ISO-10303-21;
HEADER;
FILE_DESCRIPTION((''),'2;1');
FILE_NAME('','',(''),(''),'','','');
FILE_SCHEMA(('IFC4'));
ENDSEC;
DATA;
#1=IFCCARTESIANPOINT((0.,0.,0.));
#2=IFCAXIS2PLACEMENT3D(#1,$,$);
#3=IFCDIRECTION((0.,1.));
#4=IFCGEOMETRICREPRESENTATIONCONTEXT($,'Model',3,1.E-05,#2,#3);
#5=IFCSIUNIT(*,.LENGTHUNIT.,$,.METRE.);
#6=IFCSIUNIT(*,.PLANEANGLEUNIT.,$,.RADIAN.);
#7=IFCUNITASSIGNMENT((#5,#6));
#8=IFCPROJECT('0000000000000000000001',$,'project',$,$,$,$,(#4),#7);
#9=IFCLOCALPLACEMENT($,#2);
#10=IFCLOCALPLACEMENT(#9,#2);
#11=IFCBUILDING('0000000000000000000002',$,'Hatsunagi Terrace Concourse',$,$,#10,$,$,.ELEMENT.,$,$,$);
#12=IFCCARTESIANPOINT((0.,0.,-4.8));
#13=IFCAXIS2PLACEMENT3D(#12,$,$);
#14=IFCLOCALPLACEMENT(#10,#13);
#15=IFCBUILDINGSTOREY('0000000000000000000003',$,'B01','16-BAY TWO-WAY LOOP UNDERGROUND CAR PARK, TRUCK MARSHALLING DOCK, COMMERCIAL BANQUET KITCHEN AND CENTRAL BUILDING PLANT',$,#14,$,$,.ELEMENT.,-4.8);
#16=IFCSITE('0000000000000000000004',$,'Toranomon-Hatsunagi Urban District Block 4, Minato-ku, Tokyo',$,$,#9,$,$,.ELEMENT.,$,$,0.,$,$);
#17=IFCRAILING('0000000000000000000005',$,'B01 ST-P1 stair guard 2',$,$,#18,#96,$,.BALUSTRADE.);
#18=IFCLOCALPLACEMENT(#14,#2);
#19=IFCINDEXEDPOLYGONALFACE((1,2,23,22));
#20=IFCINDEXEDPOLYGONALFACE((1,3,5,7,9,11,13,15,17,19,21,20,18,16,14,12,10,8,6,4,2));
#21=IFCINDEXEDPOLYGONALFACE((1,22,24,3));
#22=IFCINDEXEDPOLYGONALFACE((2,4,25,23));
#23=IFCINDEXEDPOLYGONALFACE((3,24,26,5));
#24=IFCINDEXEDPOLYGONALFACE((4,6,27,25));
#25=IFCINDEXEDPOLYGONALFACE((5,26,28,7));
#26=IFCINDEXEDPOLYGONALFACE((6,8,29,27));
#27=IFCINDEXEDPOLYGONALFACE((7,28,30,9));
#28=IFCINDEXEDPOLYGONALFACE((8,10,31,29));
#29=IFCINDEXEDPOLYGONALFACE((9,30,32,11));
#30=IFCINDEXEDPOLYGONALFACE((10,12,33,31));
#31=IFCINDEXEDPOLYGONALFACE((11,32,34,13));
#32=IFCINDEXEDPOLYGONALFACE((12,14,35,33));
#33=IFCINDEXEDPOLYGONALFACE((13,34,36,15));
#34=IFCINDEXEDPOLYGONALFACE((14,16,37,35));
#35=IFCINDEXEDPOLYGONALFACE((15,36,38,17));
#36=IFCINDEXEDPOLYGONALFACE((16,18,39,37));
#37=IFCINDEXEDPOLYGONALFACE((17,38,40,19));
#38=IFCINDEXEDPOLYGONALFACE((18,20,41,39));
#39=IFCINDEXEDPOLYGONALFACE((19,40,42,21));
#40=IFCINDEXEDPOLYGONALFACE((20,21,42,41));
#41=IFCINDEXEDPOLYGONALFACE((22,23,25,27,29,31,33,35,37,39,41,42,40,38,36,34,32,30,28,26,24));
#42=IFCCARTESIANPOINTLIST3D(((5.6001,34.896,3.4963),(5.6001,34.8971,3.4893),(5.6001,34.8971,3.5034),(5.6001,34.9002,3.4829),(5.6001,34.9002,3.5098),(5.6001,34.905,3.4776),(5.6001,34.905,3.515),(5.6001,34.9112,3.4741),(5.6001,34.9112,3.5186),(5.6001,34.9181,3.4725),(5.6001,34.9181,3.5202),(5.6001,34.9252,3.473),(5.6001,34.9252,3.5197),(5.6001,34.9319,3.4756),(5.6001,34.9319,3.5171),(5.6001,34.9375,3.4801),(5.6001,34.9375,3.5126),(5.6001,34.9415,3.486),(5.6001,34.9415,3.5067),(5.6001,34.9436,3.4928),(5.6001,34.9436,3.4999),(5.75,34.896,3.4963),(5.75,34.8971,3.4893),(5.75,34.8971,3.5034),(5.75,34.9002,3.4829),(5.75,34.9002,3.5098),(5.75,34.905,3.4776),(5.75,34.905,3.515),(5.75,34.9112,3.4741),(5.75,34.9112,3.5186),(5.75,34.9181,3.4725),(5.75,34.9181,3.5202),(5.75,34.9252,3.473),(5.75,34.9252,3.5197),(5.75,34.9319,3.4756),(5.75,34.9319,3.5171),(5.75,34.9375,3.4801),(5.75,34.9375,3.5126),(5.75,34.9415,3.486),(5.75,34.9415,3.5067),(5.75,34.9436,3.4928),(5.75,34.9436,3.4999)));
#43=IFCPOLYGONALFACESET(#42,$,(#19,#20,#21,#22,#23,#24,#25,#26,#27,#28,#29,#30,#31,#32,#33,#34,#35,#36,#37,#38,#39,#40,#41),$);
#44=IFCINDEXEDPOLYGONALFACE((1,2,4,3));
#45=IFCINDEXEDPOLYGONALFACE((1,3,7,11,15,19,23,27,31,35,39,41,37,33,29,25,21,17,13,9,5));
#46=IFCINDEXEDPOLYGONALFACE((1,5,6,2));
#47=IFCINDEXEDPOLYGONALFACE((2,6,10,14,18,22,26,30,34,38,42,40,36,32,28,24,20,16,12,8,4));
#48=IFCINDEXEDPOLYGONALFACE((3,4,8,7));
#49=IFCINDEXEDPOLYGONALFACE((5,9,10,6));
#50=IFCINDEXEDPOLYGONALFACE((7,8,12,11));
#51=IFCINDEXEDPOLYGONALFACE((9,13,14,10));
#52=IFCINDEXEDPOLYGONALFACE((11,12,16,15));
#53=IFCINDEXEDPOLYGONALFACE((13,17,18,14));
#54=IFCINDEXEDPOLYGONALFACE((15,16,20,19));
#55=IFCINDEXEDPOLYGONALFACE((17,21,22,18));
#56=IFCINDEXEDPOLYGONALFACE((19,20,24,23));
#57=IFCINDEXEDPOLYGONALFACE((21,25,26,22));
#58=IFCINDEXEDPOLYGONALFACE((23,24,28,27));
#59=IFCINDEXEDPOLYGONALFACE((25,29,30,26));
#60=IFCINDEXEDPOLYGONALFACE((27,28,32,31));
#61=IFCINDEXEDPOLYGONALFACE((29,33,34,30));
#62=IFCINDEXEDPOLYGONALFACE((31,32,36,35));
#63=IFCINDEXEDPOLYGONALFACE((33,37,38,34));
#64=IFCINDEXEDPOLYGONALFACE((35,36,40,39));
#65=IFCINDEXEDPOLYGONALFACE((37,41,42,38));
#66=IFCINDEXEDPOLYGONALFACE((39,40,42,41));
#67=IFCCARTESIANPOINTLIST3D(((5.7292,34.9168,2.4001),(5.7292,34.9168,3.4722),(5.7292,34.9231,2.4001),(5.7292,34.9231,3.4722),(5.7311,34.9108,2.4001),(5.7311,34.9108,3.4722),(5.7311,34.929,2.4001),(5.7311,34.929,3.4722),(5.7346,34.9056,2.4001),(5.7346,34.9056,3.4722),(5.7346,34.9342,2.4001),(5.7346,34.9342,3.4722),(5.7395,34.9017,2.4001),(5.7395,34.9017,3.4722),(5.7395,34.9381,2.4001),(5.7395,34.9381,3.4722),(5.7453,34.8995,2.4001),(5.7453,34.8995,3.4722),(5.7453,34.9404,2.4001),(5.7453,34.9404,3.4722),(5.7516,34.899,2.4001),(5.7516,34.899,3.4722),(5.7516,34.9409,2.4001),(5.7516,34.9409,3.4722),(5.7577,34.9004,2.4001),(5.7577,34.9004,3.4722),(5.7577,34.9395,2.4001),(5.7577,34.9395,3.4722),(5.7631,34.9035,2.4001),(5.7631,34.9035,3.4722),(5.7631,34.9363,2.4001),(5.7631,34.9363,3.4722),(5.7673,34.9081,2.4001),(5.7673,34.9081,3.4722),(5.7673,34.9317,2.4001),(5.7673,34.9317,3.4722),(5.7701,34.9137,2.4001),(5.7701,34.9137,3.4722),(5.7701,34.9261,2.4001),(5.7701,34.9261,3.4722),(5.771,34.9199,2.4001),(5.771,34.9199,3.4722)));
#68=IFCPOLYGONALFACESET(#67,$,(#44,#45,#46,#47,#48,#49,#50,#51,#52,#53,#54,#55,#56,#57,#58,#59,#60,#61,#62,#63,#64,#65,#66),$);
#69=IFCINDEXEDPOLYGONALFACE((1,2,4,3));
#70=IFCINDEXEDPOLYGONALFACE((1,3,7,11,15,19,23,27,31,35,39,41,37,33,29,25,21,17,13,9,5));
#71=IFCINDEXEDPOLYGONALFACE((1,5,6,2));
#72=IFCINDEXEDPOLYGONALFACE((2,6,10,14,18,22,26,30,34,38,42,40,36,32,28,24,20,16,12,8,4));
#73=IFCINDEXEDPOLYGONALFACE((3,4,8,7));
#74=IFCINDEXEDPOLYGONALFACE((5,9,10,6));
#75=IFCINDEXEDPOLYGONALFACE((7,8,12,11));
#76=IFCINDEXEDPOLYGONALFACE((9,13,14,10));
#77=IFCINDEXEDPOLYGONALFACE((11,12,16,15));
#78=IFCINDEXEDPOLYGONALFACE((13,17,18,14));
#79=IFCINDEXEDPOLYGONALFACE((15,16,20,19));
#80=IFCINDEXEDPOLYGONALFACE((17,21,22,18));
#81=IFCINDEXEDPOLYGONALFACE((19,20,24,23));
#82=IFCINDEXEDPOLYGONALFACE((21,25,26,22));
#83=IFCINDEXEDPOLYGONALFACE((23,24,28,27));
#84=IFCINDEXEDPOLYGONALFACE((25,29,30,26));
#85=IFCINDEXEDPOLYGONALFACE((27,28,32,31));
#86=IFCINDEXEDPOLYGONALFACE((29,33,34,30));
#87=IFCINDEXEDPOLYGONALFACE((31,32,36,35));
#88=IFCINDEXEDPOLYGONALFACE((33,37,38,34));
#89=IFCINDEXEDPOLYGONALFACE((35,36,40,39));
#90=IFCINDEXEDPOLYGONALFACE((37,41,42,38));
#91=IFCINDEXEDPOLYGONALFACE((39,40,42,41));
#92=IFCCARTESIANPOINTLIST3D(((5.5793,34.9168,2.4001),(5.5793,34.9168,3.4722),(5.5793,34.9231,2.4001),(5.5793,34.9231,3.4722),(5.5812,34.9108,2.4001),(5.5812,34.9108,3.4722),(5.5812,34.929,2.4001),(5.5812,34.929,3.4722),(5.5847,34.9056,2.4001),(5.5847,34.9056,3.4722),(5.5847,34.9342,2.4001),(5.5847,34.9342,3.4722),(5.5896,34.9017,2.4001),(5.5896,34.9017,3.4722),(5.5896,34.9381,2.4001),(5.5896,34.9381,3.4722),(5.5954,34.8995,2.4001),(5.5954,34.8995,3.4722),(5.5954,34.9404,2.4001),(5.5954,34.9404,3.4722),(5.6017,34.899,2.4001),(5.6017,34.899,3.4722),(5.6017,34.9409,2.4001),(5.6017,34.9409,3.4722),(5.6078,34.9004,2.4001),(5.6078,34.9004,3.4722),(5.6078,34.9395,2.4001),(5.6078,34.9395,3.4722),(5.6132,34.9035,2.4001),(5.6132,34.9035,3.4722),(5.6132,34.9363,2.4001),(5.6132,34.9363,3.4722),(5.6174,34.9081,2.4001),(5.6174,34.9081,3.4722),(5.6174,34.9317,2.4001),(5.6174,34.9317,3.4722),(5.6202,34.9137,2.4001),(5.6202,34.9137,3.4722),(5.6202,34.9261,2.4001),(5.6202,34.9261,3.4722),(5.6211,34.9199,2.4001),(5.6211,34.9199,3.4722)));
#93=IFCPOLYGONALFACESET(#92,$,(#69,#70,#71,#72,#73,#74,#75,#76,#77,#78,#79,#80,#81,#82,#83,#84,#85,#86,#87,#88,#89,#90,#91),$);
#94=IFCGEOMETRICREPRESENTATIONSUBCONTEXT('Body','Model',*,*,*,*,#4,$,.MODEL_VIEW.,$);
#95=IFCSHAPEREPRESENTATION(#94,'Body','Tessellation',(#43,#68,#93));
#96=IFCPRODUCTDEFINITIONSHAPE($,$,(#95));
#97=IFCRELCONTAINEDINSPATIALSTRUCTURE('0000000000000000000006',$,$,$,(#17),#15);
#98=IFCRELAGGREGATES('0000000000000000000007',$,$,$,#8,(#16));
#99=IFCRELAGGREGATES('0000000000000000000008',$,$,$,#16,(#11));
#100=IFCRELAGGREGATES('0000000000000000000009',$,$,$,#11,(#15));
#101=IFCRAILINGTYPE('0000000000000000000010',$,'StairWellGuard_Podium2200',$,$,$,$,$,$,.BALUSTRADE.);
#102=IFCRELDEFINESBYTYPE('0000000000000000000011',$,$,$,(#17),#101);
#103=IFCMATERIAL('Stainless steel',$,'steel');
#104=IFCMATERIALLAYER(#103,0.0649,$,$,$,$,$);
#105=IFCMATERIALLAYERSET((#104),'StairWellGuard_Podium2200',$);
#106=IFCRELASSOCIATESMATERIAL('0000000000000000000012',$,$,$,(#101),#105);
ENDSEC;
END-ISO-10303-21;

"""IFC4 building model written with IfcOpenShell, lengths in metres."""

from ifc_helpers import new_model, si_unit, direction, frame, origin, origin_2d, place, context, subcontext, project, spatial, circle, extrude, material, layer, layer_set, type_object, element, save


model = new_model("IFC4")

# Units and contexts
model_context = context("Model", 3, precision=1e-05, world=origin(), true_north=direction((0.0, 1.0)))
body_context = subcontext(model_context, "Body", "Model", "MODEL_VIEW")
ifc_project = project(units=[si_unit("LENGTHUNIT", "METRE"), si_unit("PLANEANGLEUNIT", "RADIAN")], contexts=[model_context])

# Site, building, storey
site_placement = place(None, origin())
site = spatial("IfcSite", under=ifc_project, at=site_placement, Name="Toranomon-Hatsunagi Urban District Block 4, Minato-ku, Tokyo", CompositionType="ELEMENT", RefElevation=0.0)
building_placement = place(site_placement, origin())
building = spatial("IfcBuilding", under=site, at=building_placement, Name="Hatsunagi Terrace Concourse", CompositionType="ELEMENT")
storey_placement = place(building_placement, frame((0.0, 0.0, -4.8)))
storey = spatial("IfcBuildingStorey", under=building, at=storey_placement, Name="B01", Description="16-BAY TWO-WAY LOOP UNDERGROUND CAR PARK, TRUCK MARSHALLING DOCK, COMMERCIAL BANQUET KITCHEN AND CENTRAL BUILDING PLANT", CompositionType="ELEMENT", Elevation=-4.8)

# Railing
ifc_material_1 = material(Name="Stainless steel", Category="steel")
ifc_layer_1 = layer(ifc_material_1, 0.0649)
ifc_layer_set_1 = layer_set([ifc_layer_1], Name="StairWellGuard_Podium2200")
railing_type_1 = type_object("IfcRailingType", Name="StairWellGuard_Podium2200", PredefinedType="BALUSTRADE", material=ifc_layer_set_1)
railing_1_placement = place(storey_placement, frame((5.75, 34.9199, 2.4001)))
element("IfcRailing", 1, at=railing_1_placement, inside=storey, type_object=railing_type_1, Name="B01 ST-P1 stair guard 2", PredefinedType="BALUSTRADE", context=body_context, shape_type="SweptSolid", body=[
    extrude(circle(Radius=0.0239, at=origin_2d()), frame((0.0, 0.0, 1.0962), z_axis=(-1.0, 0.0, 0.0), x_axis=(0.0, -1.0, 0.0)), (0.0, 0.0, 1.0), 0.1499),
    extrude(circle(Radius=0.021, at=origin_2d()), origin(), (0.0, 0.0, 1.0), 1.072),
    extrude(circle(Radius=0.021, at=origin_2d()), frame((-0.1499, 0.0, 0.0)), (0.0, 0.0, 1.0), 1.072),
])

save(model, "model.ifc")
